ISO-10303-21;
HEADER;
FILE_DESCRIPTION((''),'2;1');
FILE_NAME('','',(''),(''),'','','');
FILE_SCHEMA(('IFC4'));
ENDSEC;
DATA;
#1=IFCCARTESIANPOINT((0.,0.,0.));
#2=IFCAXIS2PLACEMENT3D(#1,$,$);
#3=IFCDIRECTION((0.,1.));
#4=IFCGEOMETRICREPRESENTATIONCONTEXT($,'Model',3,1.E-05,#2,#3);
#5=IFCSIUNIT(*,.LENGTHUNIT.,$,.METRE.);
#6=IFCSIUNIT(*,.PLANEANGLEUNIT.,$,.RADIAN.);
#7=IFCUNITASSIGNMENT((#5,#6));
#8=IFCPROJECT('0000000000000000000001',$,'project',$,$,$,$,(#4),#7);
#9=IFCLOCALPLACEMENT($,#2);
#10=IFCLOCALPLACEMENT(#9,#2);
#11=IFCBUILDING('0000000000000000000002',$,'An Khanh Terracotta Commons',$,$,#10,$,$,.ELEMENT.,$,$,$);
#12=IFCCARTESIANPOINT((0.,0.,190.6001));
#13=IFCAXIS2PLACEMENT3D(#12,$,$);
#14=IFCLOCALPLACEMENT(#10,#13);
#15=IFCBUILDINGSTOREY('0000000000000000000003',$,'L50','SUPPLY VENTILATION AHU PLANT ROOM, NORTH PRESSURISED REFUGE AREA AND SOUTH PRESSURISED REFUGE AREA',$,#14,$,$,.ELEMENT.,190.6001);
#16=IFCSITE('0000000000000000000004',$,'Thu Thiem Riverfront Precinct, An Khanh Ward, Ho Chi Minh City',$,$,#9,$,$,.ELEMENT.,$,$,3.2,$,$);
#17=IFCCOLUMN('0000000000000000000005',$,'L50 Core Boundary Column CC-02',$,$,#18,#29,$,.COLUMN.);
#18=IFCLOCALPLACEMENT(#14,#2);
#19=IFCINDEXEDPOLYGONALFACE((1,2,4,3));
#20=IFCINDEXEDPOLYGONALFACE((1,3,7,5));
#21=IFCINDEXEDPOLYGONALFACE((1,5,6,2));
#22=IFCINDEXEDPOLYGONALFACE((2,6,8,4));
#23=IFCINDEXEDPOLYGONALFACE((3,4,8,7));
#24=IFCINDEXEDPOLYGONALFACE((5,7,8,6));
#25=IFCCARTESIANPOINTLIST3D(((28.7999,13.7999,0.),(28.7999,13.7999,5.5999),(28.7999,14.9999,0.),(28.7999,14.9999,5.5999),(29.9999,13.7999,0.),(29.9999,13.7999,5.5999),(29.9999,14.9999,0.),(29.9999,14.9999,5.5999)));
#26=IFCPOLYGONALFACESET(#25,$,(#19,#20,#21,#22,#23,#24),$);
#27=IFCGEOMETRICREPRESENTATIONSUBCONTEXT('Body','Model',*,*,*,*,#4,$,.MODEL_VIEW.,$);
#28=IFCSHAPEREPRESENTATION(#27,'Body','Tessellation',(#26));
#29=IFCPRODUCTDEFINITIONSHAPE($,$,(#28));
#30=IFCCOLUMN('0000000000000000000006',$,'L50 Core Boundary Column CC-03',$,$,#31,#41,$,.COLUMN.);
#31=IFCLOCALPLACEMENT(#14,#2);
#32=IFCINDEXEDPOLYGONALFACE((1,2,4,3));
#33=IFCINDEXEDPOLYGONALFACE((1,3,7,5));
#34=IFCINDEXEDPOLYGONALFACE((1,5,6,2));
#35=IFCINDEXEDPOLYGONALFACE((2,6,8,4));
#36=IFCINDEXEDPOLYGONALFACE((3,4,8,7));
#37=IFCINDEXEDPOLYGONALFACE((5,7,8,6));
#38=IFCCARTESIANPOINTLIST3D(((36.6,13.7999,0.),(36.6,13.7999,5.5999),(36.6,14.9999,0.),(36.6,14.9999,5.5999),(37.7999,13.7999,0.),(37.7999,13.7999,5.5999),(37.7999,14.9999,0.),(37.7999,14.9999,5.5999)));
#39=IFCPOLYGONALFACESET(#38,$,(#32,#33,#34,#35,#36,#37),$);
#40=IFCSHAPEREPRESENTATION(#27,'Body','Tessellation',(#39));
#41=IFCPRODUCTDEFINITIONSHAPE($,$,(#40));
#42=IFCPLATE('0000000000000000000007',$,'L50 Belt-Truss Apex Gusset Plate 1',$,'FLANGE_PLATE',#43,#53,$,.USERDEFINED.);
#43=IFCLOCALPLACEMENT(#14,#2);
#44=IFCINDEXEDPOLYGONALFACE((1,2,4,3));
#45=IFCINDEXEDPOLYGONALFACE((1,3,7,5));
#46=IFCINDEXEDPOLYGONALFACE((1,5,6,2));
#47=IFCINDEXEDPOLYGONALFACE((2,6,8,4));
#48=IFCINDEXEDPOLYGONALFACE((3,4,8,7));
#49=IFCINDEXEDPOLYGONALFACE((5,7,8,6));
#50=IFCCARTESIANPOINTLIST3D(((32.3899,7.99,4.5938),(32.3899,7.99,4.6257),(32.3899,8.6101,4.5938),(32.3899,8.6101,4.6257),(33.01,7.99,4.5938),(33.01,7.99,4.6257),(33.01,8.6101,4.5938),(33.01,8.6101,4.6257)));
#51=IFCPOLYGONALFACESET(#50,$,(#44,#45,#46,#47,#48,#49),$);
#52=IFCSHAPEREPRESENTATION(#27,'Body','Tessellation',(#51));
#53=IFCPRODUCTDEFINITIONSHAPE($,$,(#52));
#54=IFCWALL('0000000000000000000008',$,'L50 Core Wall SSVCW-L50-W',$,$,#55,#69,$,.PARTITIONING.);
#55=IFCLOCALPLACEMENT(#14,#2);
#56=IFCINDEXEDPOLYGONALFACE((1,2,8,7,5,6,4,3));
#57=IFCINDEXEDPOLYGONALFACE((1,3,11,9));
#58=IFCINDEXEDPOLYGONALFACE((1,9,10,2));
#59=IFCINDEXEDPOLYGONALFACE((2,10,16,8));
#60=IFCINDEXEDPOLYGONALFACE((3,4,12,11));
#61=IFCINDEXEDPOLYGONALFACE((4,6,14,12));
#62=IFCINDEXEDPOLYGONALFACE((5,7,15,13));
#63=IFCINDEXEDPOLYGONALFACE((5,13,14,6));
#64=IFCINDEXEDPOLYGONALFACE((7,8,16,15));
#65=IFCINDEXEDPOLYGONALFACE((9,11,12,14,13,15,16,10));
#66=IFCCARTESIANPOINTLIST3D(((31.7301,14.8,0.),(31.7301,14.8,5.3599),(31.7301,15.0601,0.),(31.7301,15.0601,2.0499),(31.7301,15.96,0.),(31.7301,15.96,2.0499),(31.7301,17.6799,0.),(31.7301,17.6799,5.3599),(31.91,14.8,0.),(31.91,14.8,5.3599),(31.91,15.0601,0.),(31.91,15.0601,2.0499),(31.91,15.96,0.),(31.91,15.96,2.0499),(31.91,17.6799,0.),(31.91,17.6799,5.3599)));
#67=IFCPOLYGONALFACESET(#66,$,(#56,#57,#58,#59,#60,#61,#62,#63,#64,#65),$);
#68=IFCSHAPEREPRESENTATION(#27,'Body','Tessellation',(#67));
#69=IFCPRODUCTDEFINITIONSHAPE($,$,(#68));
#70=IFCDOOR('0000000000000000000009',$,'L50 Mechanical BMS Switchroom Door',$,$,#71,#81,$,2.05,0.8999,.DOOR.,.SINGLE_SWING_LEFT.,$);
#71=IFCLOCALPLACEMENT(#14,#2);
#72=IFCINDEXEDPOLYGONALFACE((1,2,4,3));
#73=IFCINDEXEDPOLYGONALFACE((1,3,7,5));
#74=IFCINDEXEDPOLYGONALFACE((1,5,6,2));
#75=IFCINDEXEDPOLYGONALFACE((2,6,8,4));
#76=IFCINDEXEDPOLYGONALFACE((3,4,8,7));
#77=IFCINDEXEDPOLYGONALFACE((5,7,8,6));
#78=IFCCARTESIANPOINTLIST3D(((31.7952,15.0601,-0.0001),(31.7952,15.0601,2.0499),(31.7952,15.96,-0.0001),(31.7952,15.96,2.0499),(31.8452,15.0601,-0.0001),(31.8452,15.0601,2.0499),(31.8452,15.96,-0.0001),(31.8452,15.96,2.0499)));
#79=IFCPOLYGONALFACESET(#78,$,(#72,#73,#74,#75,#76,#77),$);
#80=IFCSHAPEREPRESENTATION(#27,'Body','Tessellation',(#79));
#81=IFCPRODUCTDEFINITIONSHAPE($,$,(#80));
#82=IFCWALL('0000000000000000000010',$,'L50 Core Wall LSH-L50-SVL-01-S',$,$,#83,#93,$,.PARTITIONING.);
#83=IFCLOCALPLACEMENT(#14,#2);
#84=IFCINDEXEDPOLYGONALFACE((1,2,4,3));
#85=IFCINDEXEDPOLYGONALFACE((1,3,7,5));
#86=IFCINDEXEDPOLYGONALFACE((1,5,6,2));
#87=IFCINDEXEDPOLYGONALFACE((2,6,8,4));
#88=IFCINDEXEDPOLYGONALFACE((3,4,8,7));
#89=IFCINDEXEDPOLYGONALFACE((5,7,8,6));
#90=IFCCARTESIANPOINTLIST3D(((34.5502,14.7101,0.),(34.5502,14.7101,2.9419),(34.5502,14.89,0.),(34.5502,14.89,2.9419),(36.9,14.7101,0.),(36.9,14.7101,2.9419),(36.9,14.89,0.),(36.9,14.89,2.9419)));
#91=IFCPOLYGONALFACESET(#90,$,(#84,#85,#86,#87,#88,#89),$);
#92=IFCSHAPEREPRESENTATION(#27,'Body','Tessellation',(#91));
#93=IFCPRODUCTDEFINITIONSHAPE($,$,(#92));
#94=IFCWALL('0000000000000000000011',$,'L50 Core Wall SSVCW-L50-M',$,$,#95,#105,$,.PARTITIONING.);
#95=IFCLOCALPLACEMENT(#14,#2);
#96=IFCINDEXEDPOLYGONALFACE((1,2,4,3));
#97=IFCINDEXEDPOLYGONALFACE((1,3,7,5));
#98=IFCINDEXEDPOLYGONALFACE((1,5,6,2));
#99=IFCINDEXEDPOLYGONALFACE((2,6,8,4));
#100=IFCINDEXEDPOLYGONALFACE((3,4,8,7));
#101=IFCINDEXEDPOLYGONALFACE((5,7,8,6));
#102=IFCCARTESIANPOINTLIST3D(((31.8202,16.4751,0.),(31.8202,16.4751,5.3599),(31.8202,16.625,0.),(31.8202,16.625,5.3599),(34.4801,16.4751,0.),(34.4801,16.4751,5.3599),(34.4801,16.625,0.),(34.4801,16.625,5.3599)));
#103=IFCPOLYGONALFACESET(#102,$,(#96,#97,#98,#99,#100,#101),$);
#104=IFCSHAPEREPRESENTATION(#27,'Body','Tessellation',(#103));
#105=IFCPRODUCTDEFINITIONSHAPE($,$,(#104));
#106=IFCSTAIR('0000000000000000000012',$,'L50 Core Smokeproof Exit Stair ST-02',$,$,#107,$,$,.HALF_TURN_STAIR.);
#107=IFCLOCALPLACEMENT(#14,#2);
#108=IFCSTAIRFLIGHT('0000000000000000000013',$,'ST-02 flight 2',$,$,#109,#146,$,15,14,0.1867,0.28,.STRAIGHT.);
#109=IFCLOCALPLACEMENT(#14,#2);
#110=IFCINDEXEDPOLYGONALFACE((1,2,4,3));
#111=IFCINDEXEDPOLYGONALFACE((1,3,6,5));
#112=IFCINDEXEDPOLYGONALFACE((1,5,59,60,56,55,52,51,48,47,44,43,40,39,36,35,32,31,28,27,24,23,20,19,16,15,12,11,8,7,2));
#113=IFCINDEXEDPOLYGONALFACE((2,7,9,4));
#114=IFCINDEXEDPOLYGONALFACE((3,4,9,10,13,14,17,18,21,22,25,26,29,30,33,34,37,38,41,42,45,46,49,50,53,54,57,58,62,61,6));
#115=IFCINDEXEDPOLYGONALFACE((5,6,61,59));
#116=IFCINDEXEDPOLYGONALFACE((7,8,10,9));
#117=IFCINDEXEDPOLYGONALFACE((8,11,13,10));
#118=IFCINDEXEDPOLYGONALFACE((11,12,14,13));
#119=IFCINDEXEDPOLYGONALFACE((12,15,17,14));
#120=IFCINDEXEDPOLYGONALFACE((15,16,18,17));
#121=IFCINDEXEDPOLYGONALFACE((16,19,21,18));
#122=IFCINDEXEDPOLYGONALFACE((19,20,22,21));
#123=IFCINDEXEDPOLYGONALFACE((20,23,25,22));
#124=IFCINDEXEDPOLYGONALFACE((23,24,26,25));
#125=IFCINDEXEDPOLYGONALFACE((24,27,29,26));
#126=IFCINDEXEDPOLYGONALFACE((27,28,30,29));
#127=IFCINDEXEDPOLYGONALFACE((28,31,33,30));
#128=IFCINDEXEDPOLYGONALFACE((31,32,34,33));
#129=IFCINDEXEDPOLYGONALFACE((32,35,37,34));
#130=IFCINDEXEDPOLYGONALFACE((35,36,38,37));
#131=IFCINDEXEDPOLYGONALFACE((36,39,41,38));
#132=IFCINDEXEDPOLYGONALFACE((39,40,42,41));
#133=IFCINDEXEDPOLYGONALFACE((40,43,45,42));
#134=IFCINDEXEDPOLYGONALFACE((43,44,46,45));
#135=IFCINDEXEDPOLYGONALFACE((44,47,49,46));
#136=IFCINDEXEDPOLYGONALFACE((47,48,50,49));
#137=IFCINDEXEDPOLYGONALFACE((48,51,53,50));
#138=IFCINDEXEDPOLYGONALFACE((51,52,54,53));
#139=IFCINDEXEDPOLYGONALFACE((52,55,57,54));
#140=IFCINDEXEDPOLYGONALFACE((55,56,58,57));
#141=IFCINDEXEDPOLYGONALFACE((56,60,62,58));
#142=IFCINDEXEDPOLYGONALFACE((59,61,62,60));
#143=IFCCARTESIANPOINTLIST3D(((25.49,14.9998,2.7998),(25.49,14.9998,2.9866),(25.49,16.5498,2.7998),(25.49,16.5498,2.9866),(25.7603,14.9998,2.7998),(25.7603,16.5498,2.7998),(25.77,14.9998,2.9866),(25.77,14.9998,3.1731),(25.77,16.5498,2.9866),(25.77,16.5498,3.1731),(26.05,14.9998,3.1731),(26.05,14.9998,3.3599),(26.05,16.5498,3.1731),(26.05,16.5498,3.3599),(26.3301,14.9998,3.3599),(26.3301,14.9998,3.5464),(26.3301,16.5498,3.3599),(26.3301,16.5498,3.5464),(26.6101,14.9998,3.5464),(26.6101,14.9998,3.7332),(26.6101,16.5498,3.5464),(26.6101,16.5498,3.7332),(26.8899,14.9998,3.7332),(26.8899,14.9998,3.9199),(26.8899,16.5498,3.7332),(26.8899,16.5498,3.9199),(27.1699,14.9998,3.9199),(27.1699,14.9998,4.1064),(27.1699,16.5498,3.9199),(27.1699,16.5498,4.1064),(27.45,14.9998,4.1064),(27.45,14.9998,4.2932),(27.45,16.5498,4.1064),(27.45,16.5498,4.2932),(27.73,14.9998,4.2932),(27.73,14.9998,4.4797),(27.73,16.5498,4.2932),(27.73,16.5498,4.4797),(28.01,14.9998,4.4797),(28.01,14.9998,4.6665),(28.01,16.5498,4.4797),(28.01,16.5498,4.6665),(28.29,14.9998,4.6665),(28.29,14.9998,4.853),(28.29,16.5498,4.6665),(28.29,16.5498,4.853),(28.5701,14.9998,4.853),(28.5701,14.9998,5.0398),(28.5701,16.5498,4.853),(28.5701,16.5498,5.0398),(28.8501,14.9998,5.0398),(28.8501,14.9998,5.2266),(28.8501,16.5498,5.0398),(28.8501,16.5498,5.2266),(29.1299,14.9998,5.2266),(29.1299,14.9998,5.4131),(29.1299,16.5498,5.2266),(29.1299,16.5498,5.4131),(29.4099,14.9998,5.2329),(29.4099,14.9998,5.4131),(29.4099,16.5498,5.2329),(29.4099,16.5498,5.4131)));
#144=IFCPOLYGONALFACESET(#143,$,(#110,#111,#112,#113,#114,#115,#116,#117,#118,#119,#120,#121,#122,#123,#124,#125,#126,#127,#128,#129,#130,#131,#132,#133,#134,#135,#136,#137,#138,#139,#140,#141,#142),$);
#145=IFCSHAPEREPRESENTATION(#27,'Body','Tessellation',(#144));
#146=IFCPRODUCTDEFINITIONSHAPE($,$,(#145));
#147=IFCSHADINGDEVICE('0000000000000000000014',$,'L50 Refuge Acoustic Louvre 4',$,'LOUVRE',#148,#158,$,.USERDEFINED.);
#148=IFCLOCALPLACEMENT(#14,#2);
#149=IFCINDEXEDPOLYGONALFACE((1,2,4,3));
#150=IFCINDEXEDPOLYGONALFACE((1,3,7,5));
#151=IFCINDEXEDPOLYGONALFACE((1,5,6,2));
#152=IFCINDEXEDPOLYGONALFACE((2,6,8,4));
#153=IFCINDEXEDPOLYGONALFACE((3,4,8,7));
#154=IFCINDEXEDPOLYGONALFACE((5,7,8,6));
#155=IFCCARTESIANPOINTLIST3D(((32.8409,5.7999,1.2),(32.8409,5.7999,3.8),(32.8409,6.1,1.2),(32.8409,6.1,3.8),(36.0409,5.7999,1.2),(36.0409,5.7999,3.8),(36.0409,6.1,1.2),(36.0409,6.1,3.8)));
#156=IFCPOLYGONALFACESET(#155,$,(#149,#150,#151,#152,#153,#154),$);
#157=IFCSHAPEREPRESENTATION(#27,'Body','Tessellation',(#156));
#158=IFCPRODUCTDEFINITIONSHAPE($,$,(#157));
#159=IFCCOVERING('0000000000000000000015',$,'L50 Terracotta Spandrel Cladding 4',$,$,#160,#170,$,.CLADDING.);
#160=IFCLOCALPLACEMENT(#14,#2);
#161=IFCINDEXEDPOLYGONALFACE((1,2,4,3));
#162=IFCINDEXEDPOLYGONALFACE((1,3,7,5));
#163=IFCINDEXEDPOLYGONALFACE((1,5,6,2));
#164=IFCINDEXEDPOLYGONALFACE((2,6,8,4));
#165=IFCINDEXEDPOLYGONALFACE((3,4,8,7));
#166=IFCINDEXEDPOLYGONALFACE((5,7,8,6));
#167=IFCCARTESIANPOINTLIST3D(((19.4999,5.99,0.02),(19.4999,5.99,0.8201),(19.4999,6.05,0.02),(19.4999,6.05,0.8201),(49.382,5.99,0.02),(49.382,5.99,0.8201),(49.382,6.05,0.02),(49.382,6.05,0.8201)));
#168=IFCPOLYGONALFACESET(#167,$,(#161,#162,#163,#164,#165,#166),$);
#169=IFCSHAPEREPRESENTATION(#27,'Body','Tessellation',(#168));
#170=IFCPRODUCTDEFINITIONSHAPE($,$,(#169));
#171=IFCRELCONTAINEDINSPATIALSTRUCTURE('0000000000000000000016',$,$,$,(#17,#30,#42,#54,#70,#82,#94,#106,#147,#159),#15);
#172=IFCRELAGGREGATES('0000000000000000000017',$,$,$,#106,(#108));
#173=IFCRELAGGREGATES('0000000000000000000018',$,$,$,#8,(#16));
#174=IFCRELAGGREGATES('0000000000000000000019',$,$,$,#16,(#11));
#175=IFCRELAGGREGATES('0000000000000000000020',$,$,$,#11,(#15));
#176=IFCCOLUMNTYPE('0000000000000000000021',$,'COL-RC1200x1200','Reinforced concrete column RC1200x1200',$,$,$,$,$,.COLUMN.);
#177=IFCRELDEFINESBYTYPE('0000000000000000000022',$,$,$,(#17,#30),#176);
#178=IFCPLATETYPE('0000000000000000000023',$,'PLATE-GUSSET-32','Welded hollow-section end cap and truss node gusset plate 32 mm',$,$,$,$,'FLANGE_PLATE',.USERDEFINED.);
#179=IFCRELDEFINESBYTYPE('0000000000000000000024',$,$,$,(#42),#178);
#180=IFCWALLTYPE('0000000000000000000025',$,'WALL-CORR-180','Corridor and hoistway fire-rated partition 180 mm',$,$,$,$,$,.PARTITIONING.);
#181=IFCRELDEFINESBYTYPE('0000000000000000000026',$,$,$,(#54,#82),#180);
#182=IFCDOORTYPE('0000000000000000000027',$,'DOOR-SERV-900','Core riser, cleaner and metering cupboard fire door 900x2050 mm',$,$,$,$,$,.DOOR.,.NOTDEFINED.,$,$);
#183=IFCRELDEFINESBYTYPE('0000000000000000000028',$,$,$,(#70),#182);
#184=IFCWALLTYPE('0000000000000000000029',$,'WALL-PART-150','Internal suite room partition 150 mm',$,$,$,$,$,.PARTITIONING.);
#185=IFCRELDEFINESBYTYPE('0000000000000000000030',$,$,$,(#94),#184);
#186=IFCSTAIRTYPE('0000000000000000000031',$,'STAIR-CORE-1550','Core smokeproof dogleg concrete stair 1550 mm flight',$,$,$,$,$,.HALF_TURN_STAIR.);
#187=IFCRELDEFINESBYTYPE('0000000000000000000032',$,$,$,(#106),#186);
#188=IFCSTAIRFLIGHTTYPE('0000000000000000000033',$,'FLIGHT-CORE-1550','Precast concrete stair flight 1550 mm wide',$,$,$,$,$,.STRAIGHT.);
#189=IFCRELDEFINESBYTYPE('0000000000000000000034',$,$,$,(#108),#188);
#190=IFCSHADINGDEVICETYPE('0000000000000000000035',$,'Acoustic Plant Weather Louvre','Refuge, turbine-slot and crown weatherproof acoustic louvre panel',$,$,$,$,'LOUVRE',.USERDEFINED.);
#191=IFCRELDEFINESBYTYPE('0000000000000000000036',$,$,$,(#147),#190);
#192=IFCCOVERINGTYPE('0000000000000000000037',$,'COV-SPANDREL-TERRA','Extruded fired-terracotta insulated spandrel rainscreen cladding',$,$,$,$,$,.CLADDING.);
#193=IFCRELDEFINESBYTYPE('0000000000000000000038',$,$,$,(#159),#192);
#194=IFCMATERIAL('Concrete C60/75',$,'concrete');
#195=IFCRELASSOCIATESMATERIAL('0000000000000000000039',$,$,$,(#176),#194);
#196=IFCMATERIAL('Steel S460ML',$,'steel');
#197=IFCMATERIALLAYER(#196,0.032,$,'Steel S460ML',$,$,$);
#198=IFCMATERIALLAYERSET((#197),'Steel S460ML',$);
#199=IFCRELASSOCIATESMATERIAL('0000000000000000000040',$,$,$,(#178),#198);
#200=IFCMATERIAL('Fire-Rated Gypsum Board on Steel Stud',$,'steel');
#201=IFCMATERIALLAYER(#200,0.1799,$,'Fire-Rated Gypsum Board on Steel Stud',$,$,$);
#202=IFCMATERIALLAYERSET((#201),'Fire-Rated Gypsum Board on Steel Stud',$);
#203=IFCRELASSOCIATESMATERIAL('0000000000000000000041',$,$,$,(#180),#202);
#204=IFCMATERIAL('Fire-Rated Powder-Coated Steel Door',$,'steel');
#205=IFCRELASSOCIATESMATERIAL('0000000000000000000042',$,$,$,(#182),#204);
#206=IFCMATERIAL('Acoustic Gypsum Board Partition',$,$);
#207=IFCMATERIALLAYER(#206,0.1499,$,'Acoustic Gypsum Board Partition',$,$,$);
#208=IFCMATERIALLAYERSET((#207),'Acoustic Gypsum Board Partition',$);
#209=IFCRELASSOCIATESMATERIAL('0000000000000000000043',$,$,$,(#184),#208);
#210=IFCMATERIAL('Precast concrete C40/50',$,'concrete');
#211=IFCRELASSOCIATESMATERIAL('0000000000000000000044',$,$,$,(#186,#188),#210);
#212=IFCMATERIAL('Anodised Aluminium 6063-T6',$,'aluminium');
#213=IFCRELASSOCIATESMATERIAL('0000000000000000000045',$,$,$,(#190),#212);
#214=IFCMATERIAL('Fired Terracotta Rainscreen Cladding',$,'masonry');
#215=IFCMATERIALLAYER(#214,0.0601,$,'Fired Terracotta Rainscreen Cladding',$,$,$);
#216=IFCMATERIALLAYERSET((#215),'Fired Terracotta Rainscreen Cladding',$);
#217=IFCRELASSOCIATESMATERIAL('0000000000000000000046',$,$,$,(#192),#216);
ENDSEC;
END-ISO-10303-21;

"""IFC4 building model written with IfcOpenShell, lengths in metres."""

from ifc_helpers import new_model, si_unit, direction, frame, frame_2d, origin, origin_2d, place, context, subcontext, project, spatial, polyline, rectangle, outline, extrude, material, layer, layer_set, material_profile, profile_set, type_object, element, fill, aggregate, save


model = new_model("IFC4")

# Units and contexts
model_context = context("Model", 3, precision=1e-05, world=origin(), true_north=direction((0.0, 1.0)))
body_context = subcontext(model_context, "Body", "Model", "MODEL_VIEW")
ifc_project = project(units=[si_unit("LENGTHUNIT", "METRE"), si_unit("PLANEANGLEUNIT", "RADIAN")], contexts=[model_context])

# Site, building, storey
site_placement = place(None, origin())
site = spatial("IfcSite", under=ifc_project, at=site_placement, Name="Thu Thiem Riverfront Precinct, An Khanh Ward, Ho Chi Minh City", CompositionType="ELEMENT", RefElevation=3.2)
building_placement = place(site_placement, origin())
building = spatial("IfcBuilding", under=site, at=building_placement, Name="An Khanh Terracotta Commons", CompositionType="ELEMENT")
storey_placement = place(building_placement, frame((0.0, 0.0, 190.6001)))
storey = spatial("IfcBuildingStorey", under=building, at=storey_placement, Name="L50", Description="SUPPLY VENTILATION AHU PLANT ROOM, NORTH PRESSURISED REFUGE AREA AND SOUTH PRESSURISED REFUGE AREA", CompositionType="ELEMENT", Elevation=190.6001)

# Columns
ifc_material_1 = material(Name="Concrete C60/75", Category="concrete")
ifc_material_profile = material_profile(ifc_material_1, rectangle(XDim=1.2, YDim=1.2, at=origin_2d()), Name="RC1200x1200")
ifc_profile_set = profile_set([ifc_material_profile], Name="Concrete C60/75")
column_type = type_object("IfcColumnType", Name="COL-RC1200x1200", Description="Reinforced concrete column RC1200x1200", PredefinedType="COLUMN", material=ifc_profile_set)
for number, where, z_axis, x_axis, name in (
    (1, (29.3999, 14.3999, 0.0), (0.0, 0.0, 1.0), (1.0, 0.0, 0.0), "L50 Core Boundary Column CC-02"),
    (2, (37.2, 14.3999, 0.0), (0.0, 0.0, 1.0), (1.0, 0.0, 0.0), "L50 Core Boundary Column CC-03"),
):
    element("IfcColumn", number, at=place(storey_placement, frame(where, z_axis=z_axis, x_axis=x_axis)), inside=storey, type_object=column_type, Name=name, PredefinedType="COLUMN", context=body_context, shape_type="SweptSolid", body=[
        extrude(rectangle(XDim=1.2, YDim=1.2, at=origin_2d()), origin(), (0.0, 0.0, 1.0), 5.5999),
    ])

# Plate
ifc_material_2 = material(Name="Steel S460ML", Category="steel")
ifc_layer_1 = layer(ifc_material_2, 0.032, Name="Steel S460ML")
ifc_layer_set_1 = layer_set([ifc_layer_1], Name="Steel S460ML")
plate_type = type_object("IfcPlateType", Name="PLATE-GUSSET-32", Description="Welded hollow-section end cap and truss node gusset plate 32 mm", ElementType="FLANGE_PLATE", PredefinedType="USERDEFINED", material=ifc_layer_set_1)
plate_placement = place(storey_placement, frame((32.7, 8.3, 4.5938), z_axis=(0.0, 0.0, 1.0), x_axis=(1.0, 0.0, 0.0)))
element("IfcPlate", 3, at=plate_placement, inside=storey, type_object=plate_type, Name="L50 Belt-Truss Apex Gusset Plate 1", ObjectType="FLANGE_PLATE", PredefinedType="USERDEFINED", context=body_context, shape_type="SweptSolid", body=[
    extrude(rectangle(XDim=0.6201, YDim=0.6201, at=origin_2d()), origin(), (0.0, 0.0, 1.0), 0.032),
])

# Wall, opening, door
ifc_material_3 = material(Name="Fire-Rated Gypsum Board on Steel Stud", Category="steel")
ifc_layer_2 = layer(ifc_material_3, 0.1799, Name="Fire-Rated Gypsum Board on Steel Stud")
ifc_layer_set_2 = layer_set([ifc_layer_2], Name="Fire-Rated Gypsum Board on Steel Stud")
wall_type_1 = type_object("IfcWallType", Name="WALL-CORR-180", Description="Corridor and hoistway fire-rated partition 180 mm", PredefinedType="PARTITIONING", material=ifc_layer_set_2)
wall_1_placement = place(storey_placement, frame((31.8201, 14.8, 0.0), z_axis=(0.0, 0.0, 1.0), x_axis=(0.0, 1.0, 0.0)))
wall_1 = element("IfcWall", 4, at=wall_1_placement, inside=storey, type_object=wall_type_1, Name="L50 Core Wall SSVCW-L50-W", PredefinedType="PARTITIONING", context=body_context, shape_type="SweptSolid", body=[
    extrude(rectangle(XDim=2.8799, YDim=0.1799, at=frame_2d((1.4399, 0.0))), origin(), (0.0, 0.0, 1.0), 5.3599),
])
opening_1_placement = place(wall_1_placement, frame((0.26, 0.0, 0.0)))
opening_1 = element("IfcOpeningElement", 5, at=opening_1_placement, cuts=wall_1, PredefinedType="OPENING", context=body_context, shape_type="SweptSolid", body=[
    extrude(rectangle(XDim=0.8999, YDim=2.05, at=frame_2d((0.45, 1.0249))), frame((0.0, 0.0999, 0.0), z_axis=(0.0, -1.0, 0.0), x_axis=(1.0, 0.0, 0.0)), (0.0, 0.0, 1.0), 0.2),
])
ifc_material_4 = material(Name="Fire-Rated Powder-Coated Steel Door", Category="steel")
door_type_1 = type_object("IfcDoorType", Name="DOOR-SERV-900", Description="Core riser, cleaner and metering cupboard fire door 900x2050 mm", OperationType="NOTDEFINED", PredefinedType="DOOR", material=ifc_material_4)
door_1_placement = place(opening_1_placement, origin())
door_1 = element("IfcDoor", 6, at=door_1_placement, inside=storey, type_object=door_type_1, Name="L50 Mechanical BMS Switchroom Door", OperationType="SINGLE_SWING_LEFT", OverallHeight=2.05, OverallWidth=0.8999, PredefinedType="DOOR", context=body_context, shape_type="SweptSolid", body=[
    extrude(rectangle(XDim=0.8999, YDim=2.05, at=frame_2d((0.45, 1.0249))), frame((0.0, 0.0249, 0.0), z_axis=(0.0, -1.0, 0.0), x_axis=(1.0, 0.0, 0.0)), (0.0, 0.0, 1.0), 0.05),
])
fill(opening_1, door_1)

# Walls
wall_2_placement = place(storey_placement, frame((36.8999, 14.8, 0.0), z_axis=(0.0, 0.0, 1.0), x_axis=(-1.0, 0.0, 0.0)))
element("IfcWall", 7, at=wall_2_placement, inside=storey, type_object=wall_type_1, Name="L50 Core Wall LSH-L50-SVL-01-S", PredefinedType="PARTITIONING", context=body_context, shape_type="SweptSolid", body=[
    extrude(rectangle(XDim=2.3499, YDim=0.1799, at=frame_2d((1.1748, 0.0))), origin(), (0.0, 0.0, 1.0), 2.9419),
])
ifc_material_5 = material(Name="Acoustic Gypsum Board Partition")
ifc_layer_3 = layer(ifc_material_5, 0.1499, Name="Acoustic Gypsum Board Partition")
ifc_layer_set_3 = layer_set([ifc_layer_3], Name="Acoustic Gypsum Board Partition")
wall_type_2 = type_object("IfcWallType", Name="WALL-PART-150", Description="Internal suite room partition 150 mm", PredefinedType="PARTITIONING", material=ifc_layer_set_3)
wall_3_placement = place(storey_placement, frame((31.8201, 16.55, 0.0), z_axis=(0.0, 0.0, 1.0), x_axis=(1.0, 0.0, 0.0)))
element("IfcWall", 8, at=wall_3_placement, inside=storey, type_object=wall_type_2, Name="L50 Core Wall SSVCW-L50-M", PredefinedType="PARTITIONING", context=body_context, shape_type="SweptSolid", body=[
    extrude(rectangle(XDim=2.6599, YDim=0.1499, at=frame_2d((1.3301, 0.0))), origin(), (0.0, 0.0, 1.0), 5.3599),
])

# Stair, stair flight
ifc_material_6 = material(Name="Precast concrete C40/50", Category="concrete")
stair_type = type_object("IfcStairType", Name="STAIR-CORE-1550", Description="Core smokeproof dogleg concrete stair 1550 mm flight", PredefinedType="HALF_TURN_STAIR", material=ifc_material_6)
stair_placement = place(storey_placement, origin())
stair = element("IfcStair", 9, at=stair_placement, inside=storey, type_object=stair_type, Name="L50 Core Smokeproof Exit Stair ST-02", PredefinedType="HALF_TURN_STAIR")
stair_flight_type = type_object("IfcStairFlightType", Name="FLIGHT-CORE-1550", Description="Precast concrete stair flight 1550 mm wide", PredefinedType="STRAIGHT", material=ifc_material_6)
stair_flight_placement = place(storey_placement, frame((25.49, 15.7749, 2.7998), z_axis=(0.0, 0.0, 1.0), x_axis=(1.0, 0.0, 0.0)))
stair_flight = element("IfcStairFlight", 10, at=stair_flight_placement, type_object=stair_flight_type, Name="ST-02 flight 2", NumberOfRisers=15, NumberOfTreads=14, PredefinedType="STRAIGHT", RiserHeight=0.1867, TreadLength=0.28, context=body_context, shape_type="SweptSolid", body=[
    extrude(outline(polyline([(0.0, 0.0), (0.0, 0.1868), (0.28, 0.1868), (0.28, 0.3733), (0.5601, 0.3733), (0.5601, 0.5601), (0.8401, 0.5601), (0.8401, 0.7466), (1.1201, 0.7466), (1.1201, 0.9333), (1.3999, 0.9333), (1.3999, 1.1201), (1.6799, 1.1201), (1.6799, 1.3066), (1.96, 1.3066), (1.96, 1.4934), (2.24, 1.4934), (2.24, 1.6799), (2.52, 1.6799), (2.52, 1.8667), (2.8, 1.8667), (2.8, 2.0532), (3.0801, 2.0532), (3.0801, 2.24), (3.3601, 2.24), (3.3601, 2.4268), (3.6399, 2.4268), (3.6399, 2.6133), (3.9199, 2.6133), (3.9199, 2.8), (3.9199, 2.4331), (0.2703, 0.0), (0.0, 0.0)])), frame((0.0, 0.7749, 0.0), z_axis=(0.0, -1.0, 0.0), x_axis=(1.0, 0.0, 0.0)), (0.0, 0.0, 1.0), 1.55),
])
aggregate(stair, [stair_flight])

# Shading device
ifc_material_7 = material(Name="Anodised Aluminium 6063-T6", Category="aluminium")
shading_device_type = type_object("IfcShadingDeviceType", Name="Acoustic Plant Weather Louvre", Description="Refuge, turbine-slot and crown weatherproof acoustic louvre panel", ElementType="LOUVRE", PredefinedType="USERDEFINED", material=ifc_material_7)
shading_device_placement = place(storey_placement, frame((34.4409, 5.95, 1.2), z_axis=(0.0, 0.0, 1.0), x_axis=(1.0, 0.0, 0.0)))
element("IfcShadingDevice", 11, at=shading_device_placement, inside=storey, type_object=shading_device_type, Name="L50 Refuge Acoustic Louvre 4", ObjectType="LOUVRE", PredefinedType="USERDEFINED", context=body_context, shape_type="SweptSolid", body=[
    extrude(rectangle(XDim=3.2, YDim=0.3, at=origin_2d()), origin(), (0.0, 0.0, 1.0), 2.6001),
])

# Covering
ifc_material_8 = material(Name="Fired Terracotta Rainscreen Cladding", Category="masonry")
ifc_layer_4 = layer(ifc_material_8, 0.0601, Name="Fired Terracotta Rainscreen Cladding")
ifc_layer_set_4 = layer_set([ifc_layer_4], Name="Fired Terracotta Rainscreen Cladding")
covering_type = type_object("IfcCoveringType", Name="COV-SPANDREL-TERRA", Description="Extruded fired-terracotta insulated spandrel rainscreen cladding", PredefinedType="CLADDING", material=ifc_layer_set_4)
covering_placement = place(storey_placement, frame((34.4409, 6.02, 0.02), z_axis=(0.0, 0.0, 1.0), x_axis=(1.0, 0.0, 0.0)))
element("IfcCovering", 12, at=covering_placement, inside=storey, type_object=covering_type, Name="L50 Terracotta Spandrel Cladding 4", PredefinedType="CLADDING", context=body_context, shape_type="SweptSolid", body=[
    extrude(rectangle(XDim=29.8821, YDim=0.0601, at=origin_2d()), origin(), (0.0, 0.0, 1.0), 0.8),
])

save(model, "model.ifc")
